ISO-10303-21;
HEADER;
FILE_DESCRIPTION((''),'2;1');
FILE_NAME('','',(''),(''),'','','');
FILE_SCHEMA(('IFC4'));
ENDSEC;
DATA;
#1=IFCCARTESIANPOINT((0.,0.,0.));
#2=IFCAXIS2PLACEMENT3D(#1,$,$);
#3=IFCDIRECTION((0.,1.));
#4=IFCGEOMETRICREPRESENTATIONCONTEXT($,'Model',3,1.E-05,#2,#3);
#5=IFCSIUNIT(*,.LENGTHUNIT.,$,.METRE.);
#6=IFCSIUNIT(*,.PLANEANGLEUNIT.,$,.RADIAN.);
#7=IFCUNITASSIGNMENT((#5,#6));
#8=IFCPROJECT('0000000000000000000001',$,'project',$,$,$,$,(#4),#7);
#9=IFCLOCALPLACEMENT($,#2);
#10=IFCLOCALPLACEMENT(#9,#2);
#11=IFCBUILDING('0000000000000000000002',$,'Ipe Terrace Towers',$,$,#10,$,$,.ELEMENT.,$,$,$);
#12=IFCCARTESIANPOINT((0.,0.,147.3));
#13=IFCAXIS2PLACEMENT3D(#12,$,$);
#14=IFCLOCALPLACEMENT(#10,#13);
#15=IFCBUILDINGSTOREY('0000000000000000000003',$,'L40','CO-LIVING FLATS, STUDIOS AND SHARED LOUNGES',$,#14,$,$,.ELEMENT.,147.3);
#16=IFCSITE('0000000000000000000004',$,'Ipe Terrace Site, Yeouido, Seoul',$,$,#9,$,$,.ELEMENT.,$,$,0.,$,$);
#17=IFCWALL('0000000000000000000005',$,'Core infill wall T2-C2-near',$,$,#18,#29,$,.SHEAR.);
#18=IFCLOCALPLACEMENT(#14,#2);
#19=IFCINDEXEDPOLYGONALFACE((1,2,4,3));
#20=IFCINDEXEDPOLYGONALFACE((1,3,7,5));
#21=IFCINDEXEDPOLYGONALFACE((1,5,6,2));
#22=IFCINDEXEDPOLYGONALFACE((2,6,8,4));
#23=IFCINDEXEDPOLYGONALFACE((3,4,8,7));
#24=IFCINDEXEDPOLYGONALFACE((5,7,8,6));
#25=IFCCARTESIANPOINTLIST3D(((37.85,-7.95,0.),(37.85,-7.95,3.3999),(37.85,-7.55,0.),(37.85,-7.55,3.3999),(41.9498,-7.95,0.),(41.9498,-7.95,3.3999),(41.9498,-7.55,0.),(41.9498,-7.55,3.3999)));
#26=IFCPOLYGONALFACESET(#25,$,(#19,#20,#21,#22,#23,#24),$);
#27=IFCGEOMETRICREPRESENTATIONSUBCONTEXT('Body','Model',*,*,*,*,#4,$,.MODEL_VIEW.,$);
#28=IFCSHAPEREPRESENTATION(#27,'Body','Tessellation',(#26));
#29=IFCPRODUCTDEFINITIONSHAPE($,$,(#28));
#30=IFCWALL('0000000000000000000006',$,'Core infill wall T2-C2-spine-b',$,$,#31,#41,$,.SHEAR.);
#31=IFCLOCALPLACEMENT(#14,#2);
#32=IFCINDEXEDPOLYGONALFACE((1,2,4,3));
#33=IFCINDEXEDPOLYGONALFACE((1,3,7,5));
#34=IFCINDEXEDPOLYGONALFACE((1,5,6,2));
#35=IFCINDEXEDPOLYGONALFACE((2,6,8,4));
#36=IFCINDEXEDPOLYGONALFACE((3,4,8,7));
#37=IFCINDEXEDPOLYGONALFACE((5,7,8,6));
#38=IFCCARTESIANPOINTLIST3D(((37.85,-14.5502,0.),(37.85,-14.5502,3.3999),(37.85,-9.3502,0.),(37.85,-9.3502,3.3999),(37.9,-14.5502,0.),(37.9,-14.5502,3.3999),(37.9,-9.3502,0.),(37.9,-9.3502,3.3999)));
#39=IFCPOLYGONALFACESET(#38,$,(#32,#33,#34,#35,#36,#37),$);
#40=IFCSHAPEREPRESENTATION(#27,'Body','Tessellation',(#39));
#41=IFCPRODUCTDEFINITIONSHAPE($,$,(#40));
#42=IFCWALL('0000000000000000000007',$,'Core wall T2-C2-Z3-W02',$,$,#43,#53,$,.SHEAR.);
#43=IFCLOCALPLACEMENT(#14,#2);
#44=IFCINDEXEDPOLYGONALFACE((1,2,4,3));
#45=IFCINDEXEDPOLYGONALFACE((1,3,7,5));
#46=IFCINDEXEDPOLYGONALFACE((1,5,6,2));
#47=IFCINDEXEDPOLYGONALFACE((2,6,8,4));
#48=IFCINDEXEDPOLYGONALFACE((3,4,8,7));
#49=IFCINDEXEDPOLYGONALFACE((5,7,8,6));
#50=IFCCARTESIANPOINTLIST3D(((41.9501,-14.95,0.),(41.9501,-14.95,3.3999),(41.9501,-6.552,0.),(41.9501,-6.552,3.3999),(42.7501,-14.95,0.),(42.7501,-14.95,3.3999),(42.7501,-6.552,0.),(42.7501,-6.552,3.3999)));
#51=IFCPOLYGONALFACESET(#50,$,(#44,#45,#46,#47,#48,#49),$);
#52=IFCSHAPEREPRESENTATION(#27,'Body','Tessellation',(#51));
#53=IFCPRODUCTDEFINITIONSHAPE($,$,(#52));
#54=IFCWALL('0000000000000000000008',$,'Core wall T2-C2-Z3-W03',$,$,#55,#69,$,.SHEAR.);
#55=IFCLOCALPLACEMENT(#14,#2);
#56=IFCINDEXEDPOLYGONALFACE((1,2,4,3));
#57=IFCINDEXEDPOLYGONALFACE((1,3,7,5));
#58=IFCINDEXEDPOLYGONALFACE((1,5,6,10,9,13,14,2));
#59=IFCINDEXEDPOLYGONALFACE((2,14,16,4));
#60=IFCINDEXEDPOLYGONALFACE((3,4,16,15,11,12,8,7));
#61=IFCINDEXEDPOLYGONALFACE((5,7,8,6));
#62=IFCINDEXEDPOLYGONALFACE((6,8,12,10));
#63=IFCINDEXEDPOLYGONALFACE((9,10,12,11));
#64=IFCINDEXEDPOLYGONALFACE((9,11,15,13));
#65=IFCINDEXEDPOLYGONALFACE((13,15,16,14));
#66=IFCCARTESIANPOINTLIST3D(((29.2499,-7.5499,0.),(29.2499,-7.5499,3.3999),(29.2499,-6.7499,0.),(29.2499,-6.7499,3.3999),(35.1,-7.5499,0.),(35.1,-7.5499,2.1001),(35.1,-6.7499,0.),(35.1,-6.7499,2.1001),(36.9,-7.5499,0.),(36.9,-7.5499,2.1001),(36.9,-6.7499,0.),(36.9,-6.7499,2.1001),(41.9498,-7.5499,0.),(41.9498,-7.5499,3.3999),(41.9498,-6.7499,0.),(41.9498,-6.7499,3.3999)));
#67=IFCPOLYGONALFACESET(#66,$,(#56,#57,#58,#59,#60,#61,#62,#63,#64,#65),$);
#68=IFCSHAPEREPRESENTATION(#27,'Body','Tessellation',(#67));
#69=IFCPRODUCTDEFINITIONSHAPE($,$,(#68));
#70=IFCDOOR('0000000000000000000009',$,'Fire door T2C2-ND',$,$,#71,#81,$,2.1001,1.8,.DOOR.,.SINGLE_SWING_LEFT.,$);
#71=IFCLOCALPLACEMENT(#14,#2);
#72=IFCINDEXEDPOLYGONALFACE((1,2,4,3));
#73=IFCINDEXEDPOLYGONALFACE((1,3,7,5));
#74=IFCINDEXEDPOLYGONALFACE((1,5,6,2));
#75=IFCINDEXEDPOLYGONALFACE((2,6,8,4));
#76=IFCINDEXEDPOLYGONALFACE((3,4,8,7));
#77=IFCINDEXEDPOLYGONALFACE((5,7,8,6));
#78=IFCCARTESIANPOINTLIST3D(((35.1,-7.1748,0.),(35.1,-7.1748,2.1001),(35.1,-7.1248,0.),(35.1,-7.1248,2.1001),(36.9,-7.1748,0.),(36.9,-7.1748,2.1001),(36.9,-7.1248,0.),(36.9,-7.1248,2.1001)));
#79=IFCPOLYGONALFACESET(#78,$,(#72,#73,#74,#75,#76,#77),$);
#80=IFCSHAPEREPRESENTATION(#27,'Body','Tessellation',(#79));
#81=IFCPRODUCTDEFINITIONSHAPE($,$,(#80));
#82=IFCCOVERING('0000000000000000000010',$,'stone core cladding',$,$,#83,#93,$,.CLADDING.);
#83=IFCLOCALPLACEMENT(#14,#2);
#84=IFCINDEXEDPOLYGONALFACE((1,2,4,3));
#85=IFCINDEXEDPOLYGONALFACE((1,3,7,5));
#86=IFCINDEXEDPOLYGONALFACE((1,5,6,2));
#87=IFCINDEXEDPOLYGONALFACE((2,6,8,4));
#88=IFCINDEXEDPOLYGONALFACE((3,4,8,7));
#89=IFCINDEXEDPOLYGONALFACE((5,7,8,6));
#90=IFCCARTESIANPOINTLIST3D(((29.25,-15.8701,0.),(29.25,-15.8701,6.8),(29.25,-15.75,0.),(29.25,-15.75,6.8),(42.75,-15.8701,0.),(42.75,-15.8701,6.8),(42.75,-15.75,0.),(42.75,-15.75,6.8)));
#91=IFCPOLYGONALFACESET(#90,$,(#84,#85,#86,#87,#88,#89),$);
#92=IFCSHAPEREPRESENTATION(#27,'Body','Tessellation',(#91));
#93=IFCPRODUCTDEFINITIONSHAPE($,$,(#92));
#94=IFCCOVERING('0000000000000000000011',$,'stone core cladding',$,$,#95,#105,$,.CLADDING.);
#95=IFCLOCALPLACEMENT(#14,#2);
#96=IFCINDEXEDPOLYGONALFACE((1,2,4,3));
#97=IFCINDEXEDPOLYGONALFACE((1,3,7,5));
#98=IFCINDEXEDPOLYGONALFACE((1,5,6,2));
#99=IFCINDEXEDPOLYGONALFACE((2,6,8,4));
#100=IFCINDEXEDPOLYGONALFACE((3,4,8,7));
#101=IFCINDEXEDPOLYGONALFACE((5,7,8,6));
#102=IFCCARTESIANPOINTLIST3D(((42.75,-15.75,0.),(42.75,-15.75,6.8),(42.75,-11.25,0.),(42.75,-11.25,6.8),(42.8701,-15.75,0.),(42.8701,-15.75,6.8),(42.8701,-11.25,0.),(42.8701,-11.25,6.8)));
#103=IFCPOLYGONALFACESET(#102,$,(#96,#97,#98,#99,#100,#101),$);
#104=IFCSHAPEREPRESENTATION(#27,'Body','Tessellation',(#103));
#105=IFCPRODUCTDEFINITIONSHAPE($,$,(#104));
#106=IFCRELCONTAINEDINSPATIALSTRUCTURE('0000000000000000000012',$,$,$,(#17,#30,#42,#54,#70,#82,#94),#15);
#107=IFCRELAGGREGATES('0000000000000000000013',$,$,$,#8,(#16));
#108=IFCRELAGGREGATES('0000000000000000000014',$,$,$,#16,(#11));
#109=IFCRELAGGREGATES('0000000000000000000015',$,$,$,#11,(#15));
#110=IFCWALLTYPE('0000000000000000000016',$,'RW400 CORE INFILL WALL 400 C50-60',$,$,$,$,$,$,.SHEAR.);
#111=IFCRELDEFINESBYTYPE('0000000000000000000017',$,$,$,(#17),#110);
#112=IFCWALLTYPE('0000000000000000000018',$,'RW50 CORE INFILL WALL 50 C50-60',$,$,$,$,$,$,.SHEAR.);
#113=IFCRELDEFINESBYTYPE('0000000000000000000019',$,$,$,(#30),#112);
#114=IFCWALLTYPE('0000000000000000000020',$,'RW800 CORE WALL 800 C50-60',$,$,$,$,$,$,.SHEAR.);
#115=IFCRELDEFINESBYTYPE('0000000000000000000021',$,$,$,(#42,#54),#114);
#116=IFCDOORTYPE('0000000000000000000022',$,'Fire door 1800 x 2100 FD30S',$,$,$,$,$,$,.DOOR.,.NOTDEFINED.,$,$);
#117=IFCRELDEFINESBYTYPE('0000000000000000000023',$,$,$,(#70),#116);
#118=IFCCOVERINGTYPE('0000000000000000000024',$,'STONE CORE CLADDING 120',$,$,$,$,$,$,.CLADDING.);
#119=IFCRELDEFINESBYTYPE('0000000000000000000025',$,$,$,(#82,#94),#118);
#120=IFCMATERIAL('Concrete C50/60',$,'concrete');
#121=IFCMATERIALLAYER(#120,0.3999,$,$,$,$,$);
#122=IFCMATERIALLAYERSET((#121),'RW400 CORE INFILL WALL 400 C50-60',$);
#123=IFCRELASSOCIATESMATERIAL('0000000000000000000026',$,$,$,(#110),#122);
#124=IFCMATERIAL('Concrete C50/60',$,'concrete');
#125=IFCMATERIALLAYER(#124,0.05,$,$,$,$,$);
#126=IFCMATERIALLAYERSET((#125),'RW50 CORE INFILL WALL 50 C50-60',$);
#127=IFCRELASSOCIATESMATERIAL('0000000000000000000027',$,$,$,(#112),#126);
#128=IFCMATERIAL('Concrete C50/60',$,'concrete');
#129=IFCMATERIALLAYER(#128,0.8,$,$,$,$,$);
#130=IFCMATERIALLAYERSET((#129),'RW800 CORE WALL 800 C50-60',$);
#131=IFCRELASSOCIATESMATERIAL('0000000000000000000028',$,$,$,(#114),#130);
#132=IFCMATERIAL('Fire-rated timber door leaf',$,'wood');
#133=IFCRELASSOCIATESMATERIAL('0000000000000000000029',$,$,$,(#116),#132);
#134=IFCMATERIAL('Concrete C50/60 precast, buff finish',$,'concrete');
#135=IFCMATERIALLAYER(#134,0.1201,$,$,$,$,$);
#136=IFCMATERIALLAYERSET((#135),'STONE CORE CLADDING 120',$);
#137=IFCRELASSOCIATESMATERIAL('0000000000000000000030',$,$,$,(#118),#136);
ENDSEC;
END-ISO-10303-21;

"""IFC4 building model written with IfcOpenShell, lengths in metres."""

from ifc_helpers import new_model, si_unit, direction, frame, frame_2d, origin, origin_2d, place, context, subcontext, project, spatial, rectangle, extrude, material, layer, layer_set, type_object, element, fill, save


model = new_model("IFC4")

# Units and contexts
model_context = context("Model", 3, precision=1e-05, world=origin(), true_north=direction((0.0, 1.0)))
body_context = subcontext(model_context, "Body", "Model", "MODEL_VIEW")
ifc_project = project(units=[si_unit("LENGTHUNIT", "METRE"), si_unit("PLANEANGLEUNIT", "RADIAN")], contexts=[model_context])

# Site, building, storey
site_placement = place(None, origin())
site = spatial("IfcSite", under=ifc_project, at=site_placement, Name="Ipe Terrace Site, Yeouido, Seoul", CompositionType="ELEMENT", RefElevation=0.0)
building_placement = place(site_placement, origin())
building = spatial("IfcBuilding", under=site, at=building_placement, Name="Ipe Terrace Towers", CompositionType="ELEMENT")
storey_placement = place(building_placement, frame((0.0, 0.0, 147.3)))
storey = spatial("IfcBuildingStorey", under=building, at=storey_placement, Name="L40", Description="CO-LIVING FLATS, STUDIOS AND SHARED LOUNGES", CompositionType="ELEMENT", Elevation=147.3)

# Walls
ifc_material_1 = material(Name="Concrete C50/60", Category="concrete")
ifc_layer_1 = layer(ifc_material_1, 0.3999)
ifc_layer_set_1 = layer_set([ifc_layer_1], Name="RW400 CORE INFILL WALL 400 C50-60")
wall_type_1 = type_object("IfcWallType", Name="RW400 CORE INFILL WALL 400 C50-60", PredefinedType="SHEAR", material=ifc_layer_set_1)
wall_1_placement = place(storey_placement, frame((37.8501, -7.75, 0.0), z_axis=(0.0, 0.0, 1.0), x_axis=(1.0, 0.0, 0.0)))
element("IfcWall", 1, at=wall_1_placement, inside=storey, type_object=wall_type_1, Name="Core infill wall T2-C2-near", PredefinedType="SHEAR", context=body_context, shape_type="SweptSolid", body=[
    extrude(rectangle(XDim=4.0999, YDim=0.3999, at=frame_2d((2.0498, 0.0))), origin(), (0.0, 0.0, 1.0), 3.3999),
])
ifc_material_2 = material(Name="Concrete C50/60", Category="concrete")
ifc_layer_2 = layer(ifc_material_2, 0.05)
ifc_layer_set_2 = layer_set([ifc_layer_2], Name="RW50 CORE INFILL WALL 50 C50-60")
wall_type_2 = type_object("IfcWallType", Name="RW50 CORE INFILL WALL 50 C50-60", PredefinedType="SHEAR", material=ifc_layer_set_2)
wall_2_placement = place(storey_placement, frame((37.875, -9.3501, 0.0), z_axis=(0.0, 0.0, 1.0), x_axis=(0.0, -1.0, 0.0)))
element("IfcWall", 2, at=wall_2_placement, inside=storey, type_object=wall_type_2, Name="Core infill wall T2-C2-spine-b", PredefinedType="SHEAR", context=body_context, shape_type="SweptSolid", body=[
    extrude(rectangle(XDim=5.2, YDim=0.05, at=frame_2d((2.6001, 0.0))), origin(), (0.0, 0.0, 1.0), 3.3999),
])
ifc_material_3 = material(Name="Concrete C50/60", Category="concrete")
ifc_layer_3 = layer(ifc_material_3, 0.8)
ifc_layer_set_3 = layer_set([ifc_layer_3], Name="RW800 CORE WALL 800 C50-60")
wall_type_3 = type_object("IfcWallType", Name="RW800 CORE WALL 800 C50-60", PredefinedType="SHEAR", material=ifc_layer_set_3)
wall_3_placement = place(storey_placement, frame((42.3501, -14.95, 0.0), z_axis=(0.0, 0.0, 1.0), x_axis=(0.0, 1.0, 0.0)))
element("IfcWall", 3, at=wall_3_placement, inside=storey, type_object=wall_type_3, Name="Core wall T2-C2-Z3-W02", PredefinedType="SHEAR", context=body_context, shape_type="SweptSolid", body=[
    extrude(rectangle(XDim=8.3979, YDim=0.8, at=frame_2d((4.199, 0.0))), origin(), (0.0, 0.0, 1.0), 3.3999),
])

# Wall, opening, door
wall_4_placement = place(storey_placement, frame((41.95, -7.1499, 0.0), z_axis=(0.0, 0.0, 1.0), x_axis=(-1.0, 0.0, 0.0)))
wall_4 = element("IfcWall", 4, at=wall_4_placement, inside=storey, type_object=wall_type_3, Name="Core wall T2-C2-Z3-W03", PredefinedType="SHEAR", context=body_context, shape_type="SweptSolid", body=[
    extrude(rectangle(XDim=12.7, YDim=0.8, at=frame_2d((6.3501, 0.0))), origin(), (0.0, 0.0, 1.0), 3.3999),
])
opening_1_placement = place(wall_4_placement, frame((5.05, 0.0, 0.0)))
opening_1 = element("IfcOpeningElement", 5, at=opening_1_placement, cuts=wall_4, PredefinedType="OPENING", context=body_context, shape_type="SweptSolid", body=[
    extrude(rectangle(XDim=1.8, YDim=2.1001, at=frame_2d((0.8999, 1.05))), frame((0.0, 0.4102, 0.0), z_axis=(0.0, -1.0, 0.0), x_axis=(1.0, 0.0, 0.0)), (0.0, 0.0, 1.0), 0.8201),
])
ifc_material_4 = material(Name="Fire-rated timber door leaf", Category="wood")
door_type_1 = type_object("IfcDoorType", Name="Fire door 1800 x 2100 FD30S", OperationType="NOTDEFINED", PredefinedType="DOOR", material=ifc_material_4)
door_1_placement = place(opening_1_placement, origin())
door_1 = element("IfcDoor", 6, at=door_1_placement, inside=storey, type_object=door_type_1, Name="Fire door T2C2-ND", OperationType="SINGLE_SWING_LEFT", OverallHeight=2.1001, OverallWidth=1.8, PredefinedType="DOOR", context=body_context, shape_type="SweptSolid", body=[
    extrude(rectangle(XDim=1.8, YDim=2.1001, at=frame_2d((0.8999, 1.05))), frame((0.0, 0.0249, 0.0), z_axis=(0.0, -1.0, 0.0), x_axis=(1.0, 0.0, 0.0)), (0.0, 0.0, 1.0), 0.05),
])
fill(opening_1, door_1)

# Coverings
ifc_material_5 = material(Name="Concrete C50/60 precast, buff finish", Category="concrete")
ifc_layer_4 = layer(ifc_material_5, 0.1201)
ifc_layer_set_4 = layer_set([ifc_layer_4], Name="STONE CORE CLADDING 120")
covering_type = type_object("IfcCoveringType", Name="STONE CORE CLADDING 120", PredefinedType="CLADDING", material=ifc_layer_set_4)
covering_1_placement = place(storey_placement, frame((36.0, -15.8101, 0.0), z_axis=(0.0, 0.0, 1.0), x_axis=(1.0, 0.0, 0.0)))
element("IfcCovering", 7, at=covering_1_placement, inside=storey, type_object=covering_type, Name="stone core cladding", PredefinedType="CLADDING", context=body_context, shape_type="SweptSolid", body=[
    extrude(rectangle(XDim=13.5, YDim=0.1201, at=origin_2d()), origin(), (0.0, 0.0, 1.0), 6.8),
])
covering_2_placement = place(storey_placement, frame((42.8101, -13.5, 0.0), z_axis=(0.0, 0.0, 1.0), x_axis=(0.0, 1.0, 0.0)))
element("IfcCovering", 8, at=covering_2_placement, inside=storey, type_object=covering_type, Name="stone core cladding", PredefinedType="CLADDING", context=body_context, shape_type="SweptSolid", body=[
    extrude(rectangle(XDim=4.5, YDim=0.1201, at=origin_2d()), origin(), (0.0, 0.0, 1.0), 6.8),
])

save(model, "model.ifc")
